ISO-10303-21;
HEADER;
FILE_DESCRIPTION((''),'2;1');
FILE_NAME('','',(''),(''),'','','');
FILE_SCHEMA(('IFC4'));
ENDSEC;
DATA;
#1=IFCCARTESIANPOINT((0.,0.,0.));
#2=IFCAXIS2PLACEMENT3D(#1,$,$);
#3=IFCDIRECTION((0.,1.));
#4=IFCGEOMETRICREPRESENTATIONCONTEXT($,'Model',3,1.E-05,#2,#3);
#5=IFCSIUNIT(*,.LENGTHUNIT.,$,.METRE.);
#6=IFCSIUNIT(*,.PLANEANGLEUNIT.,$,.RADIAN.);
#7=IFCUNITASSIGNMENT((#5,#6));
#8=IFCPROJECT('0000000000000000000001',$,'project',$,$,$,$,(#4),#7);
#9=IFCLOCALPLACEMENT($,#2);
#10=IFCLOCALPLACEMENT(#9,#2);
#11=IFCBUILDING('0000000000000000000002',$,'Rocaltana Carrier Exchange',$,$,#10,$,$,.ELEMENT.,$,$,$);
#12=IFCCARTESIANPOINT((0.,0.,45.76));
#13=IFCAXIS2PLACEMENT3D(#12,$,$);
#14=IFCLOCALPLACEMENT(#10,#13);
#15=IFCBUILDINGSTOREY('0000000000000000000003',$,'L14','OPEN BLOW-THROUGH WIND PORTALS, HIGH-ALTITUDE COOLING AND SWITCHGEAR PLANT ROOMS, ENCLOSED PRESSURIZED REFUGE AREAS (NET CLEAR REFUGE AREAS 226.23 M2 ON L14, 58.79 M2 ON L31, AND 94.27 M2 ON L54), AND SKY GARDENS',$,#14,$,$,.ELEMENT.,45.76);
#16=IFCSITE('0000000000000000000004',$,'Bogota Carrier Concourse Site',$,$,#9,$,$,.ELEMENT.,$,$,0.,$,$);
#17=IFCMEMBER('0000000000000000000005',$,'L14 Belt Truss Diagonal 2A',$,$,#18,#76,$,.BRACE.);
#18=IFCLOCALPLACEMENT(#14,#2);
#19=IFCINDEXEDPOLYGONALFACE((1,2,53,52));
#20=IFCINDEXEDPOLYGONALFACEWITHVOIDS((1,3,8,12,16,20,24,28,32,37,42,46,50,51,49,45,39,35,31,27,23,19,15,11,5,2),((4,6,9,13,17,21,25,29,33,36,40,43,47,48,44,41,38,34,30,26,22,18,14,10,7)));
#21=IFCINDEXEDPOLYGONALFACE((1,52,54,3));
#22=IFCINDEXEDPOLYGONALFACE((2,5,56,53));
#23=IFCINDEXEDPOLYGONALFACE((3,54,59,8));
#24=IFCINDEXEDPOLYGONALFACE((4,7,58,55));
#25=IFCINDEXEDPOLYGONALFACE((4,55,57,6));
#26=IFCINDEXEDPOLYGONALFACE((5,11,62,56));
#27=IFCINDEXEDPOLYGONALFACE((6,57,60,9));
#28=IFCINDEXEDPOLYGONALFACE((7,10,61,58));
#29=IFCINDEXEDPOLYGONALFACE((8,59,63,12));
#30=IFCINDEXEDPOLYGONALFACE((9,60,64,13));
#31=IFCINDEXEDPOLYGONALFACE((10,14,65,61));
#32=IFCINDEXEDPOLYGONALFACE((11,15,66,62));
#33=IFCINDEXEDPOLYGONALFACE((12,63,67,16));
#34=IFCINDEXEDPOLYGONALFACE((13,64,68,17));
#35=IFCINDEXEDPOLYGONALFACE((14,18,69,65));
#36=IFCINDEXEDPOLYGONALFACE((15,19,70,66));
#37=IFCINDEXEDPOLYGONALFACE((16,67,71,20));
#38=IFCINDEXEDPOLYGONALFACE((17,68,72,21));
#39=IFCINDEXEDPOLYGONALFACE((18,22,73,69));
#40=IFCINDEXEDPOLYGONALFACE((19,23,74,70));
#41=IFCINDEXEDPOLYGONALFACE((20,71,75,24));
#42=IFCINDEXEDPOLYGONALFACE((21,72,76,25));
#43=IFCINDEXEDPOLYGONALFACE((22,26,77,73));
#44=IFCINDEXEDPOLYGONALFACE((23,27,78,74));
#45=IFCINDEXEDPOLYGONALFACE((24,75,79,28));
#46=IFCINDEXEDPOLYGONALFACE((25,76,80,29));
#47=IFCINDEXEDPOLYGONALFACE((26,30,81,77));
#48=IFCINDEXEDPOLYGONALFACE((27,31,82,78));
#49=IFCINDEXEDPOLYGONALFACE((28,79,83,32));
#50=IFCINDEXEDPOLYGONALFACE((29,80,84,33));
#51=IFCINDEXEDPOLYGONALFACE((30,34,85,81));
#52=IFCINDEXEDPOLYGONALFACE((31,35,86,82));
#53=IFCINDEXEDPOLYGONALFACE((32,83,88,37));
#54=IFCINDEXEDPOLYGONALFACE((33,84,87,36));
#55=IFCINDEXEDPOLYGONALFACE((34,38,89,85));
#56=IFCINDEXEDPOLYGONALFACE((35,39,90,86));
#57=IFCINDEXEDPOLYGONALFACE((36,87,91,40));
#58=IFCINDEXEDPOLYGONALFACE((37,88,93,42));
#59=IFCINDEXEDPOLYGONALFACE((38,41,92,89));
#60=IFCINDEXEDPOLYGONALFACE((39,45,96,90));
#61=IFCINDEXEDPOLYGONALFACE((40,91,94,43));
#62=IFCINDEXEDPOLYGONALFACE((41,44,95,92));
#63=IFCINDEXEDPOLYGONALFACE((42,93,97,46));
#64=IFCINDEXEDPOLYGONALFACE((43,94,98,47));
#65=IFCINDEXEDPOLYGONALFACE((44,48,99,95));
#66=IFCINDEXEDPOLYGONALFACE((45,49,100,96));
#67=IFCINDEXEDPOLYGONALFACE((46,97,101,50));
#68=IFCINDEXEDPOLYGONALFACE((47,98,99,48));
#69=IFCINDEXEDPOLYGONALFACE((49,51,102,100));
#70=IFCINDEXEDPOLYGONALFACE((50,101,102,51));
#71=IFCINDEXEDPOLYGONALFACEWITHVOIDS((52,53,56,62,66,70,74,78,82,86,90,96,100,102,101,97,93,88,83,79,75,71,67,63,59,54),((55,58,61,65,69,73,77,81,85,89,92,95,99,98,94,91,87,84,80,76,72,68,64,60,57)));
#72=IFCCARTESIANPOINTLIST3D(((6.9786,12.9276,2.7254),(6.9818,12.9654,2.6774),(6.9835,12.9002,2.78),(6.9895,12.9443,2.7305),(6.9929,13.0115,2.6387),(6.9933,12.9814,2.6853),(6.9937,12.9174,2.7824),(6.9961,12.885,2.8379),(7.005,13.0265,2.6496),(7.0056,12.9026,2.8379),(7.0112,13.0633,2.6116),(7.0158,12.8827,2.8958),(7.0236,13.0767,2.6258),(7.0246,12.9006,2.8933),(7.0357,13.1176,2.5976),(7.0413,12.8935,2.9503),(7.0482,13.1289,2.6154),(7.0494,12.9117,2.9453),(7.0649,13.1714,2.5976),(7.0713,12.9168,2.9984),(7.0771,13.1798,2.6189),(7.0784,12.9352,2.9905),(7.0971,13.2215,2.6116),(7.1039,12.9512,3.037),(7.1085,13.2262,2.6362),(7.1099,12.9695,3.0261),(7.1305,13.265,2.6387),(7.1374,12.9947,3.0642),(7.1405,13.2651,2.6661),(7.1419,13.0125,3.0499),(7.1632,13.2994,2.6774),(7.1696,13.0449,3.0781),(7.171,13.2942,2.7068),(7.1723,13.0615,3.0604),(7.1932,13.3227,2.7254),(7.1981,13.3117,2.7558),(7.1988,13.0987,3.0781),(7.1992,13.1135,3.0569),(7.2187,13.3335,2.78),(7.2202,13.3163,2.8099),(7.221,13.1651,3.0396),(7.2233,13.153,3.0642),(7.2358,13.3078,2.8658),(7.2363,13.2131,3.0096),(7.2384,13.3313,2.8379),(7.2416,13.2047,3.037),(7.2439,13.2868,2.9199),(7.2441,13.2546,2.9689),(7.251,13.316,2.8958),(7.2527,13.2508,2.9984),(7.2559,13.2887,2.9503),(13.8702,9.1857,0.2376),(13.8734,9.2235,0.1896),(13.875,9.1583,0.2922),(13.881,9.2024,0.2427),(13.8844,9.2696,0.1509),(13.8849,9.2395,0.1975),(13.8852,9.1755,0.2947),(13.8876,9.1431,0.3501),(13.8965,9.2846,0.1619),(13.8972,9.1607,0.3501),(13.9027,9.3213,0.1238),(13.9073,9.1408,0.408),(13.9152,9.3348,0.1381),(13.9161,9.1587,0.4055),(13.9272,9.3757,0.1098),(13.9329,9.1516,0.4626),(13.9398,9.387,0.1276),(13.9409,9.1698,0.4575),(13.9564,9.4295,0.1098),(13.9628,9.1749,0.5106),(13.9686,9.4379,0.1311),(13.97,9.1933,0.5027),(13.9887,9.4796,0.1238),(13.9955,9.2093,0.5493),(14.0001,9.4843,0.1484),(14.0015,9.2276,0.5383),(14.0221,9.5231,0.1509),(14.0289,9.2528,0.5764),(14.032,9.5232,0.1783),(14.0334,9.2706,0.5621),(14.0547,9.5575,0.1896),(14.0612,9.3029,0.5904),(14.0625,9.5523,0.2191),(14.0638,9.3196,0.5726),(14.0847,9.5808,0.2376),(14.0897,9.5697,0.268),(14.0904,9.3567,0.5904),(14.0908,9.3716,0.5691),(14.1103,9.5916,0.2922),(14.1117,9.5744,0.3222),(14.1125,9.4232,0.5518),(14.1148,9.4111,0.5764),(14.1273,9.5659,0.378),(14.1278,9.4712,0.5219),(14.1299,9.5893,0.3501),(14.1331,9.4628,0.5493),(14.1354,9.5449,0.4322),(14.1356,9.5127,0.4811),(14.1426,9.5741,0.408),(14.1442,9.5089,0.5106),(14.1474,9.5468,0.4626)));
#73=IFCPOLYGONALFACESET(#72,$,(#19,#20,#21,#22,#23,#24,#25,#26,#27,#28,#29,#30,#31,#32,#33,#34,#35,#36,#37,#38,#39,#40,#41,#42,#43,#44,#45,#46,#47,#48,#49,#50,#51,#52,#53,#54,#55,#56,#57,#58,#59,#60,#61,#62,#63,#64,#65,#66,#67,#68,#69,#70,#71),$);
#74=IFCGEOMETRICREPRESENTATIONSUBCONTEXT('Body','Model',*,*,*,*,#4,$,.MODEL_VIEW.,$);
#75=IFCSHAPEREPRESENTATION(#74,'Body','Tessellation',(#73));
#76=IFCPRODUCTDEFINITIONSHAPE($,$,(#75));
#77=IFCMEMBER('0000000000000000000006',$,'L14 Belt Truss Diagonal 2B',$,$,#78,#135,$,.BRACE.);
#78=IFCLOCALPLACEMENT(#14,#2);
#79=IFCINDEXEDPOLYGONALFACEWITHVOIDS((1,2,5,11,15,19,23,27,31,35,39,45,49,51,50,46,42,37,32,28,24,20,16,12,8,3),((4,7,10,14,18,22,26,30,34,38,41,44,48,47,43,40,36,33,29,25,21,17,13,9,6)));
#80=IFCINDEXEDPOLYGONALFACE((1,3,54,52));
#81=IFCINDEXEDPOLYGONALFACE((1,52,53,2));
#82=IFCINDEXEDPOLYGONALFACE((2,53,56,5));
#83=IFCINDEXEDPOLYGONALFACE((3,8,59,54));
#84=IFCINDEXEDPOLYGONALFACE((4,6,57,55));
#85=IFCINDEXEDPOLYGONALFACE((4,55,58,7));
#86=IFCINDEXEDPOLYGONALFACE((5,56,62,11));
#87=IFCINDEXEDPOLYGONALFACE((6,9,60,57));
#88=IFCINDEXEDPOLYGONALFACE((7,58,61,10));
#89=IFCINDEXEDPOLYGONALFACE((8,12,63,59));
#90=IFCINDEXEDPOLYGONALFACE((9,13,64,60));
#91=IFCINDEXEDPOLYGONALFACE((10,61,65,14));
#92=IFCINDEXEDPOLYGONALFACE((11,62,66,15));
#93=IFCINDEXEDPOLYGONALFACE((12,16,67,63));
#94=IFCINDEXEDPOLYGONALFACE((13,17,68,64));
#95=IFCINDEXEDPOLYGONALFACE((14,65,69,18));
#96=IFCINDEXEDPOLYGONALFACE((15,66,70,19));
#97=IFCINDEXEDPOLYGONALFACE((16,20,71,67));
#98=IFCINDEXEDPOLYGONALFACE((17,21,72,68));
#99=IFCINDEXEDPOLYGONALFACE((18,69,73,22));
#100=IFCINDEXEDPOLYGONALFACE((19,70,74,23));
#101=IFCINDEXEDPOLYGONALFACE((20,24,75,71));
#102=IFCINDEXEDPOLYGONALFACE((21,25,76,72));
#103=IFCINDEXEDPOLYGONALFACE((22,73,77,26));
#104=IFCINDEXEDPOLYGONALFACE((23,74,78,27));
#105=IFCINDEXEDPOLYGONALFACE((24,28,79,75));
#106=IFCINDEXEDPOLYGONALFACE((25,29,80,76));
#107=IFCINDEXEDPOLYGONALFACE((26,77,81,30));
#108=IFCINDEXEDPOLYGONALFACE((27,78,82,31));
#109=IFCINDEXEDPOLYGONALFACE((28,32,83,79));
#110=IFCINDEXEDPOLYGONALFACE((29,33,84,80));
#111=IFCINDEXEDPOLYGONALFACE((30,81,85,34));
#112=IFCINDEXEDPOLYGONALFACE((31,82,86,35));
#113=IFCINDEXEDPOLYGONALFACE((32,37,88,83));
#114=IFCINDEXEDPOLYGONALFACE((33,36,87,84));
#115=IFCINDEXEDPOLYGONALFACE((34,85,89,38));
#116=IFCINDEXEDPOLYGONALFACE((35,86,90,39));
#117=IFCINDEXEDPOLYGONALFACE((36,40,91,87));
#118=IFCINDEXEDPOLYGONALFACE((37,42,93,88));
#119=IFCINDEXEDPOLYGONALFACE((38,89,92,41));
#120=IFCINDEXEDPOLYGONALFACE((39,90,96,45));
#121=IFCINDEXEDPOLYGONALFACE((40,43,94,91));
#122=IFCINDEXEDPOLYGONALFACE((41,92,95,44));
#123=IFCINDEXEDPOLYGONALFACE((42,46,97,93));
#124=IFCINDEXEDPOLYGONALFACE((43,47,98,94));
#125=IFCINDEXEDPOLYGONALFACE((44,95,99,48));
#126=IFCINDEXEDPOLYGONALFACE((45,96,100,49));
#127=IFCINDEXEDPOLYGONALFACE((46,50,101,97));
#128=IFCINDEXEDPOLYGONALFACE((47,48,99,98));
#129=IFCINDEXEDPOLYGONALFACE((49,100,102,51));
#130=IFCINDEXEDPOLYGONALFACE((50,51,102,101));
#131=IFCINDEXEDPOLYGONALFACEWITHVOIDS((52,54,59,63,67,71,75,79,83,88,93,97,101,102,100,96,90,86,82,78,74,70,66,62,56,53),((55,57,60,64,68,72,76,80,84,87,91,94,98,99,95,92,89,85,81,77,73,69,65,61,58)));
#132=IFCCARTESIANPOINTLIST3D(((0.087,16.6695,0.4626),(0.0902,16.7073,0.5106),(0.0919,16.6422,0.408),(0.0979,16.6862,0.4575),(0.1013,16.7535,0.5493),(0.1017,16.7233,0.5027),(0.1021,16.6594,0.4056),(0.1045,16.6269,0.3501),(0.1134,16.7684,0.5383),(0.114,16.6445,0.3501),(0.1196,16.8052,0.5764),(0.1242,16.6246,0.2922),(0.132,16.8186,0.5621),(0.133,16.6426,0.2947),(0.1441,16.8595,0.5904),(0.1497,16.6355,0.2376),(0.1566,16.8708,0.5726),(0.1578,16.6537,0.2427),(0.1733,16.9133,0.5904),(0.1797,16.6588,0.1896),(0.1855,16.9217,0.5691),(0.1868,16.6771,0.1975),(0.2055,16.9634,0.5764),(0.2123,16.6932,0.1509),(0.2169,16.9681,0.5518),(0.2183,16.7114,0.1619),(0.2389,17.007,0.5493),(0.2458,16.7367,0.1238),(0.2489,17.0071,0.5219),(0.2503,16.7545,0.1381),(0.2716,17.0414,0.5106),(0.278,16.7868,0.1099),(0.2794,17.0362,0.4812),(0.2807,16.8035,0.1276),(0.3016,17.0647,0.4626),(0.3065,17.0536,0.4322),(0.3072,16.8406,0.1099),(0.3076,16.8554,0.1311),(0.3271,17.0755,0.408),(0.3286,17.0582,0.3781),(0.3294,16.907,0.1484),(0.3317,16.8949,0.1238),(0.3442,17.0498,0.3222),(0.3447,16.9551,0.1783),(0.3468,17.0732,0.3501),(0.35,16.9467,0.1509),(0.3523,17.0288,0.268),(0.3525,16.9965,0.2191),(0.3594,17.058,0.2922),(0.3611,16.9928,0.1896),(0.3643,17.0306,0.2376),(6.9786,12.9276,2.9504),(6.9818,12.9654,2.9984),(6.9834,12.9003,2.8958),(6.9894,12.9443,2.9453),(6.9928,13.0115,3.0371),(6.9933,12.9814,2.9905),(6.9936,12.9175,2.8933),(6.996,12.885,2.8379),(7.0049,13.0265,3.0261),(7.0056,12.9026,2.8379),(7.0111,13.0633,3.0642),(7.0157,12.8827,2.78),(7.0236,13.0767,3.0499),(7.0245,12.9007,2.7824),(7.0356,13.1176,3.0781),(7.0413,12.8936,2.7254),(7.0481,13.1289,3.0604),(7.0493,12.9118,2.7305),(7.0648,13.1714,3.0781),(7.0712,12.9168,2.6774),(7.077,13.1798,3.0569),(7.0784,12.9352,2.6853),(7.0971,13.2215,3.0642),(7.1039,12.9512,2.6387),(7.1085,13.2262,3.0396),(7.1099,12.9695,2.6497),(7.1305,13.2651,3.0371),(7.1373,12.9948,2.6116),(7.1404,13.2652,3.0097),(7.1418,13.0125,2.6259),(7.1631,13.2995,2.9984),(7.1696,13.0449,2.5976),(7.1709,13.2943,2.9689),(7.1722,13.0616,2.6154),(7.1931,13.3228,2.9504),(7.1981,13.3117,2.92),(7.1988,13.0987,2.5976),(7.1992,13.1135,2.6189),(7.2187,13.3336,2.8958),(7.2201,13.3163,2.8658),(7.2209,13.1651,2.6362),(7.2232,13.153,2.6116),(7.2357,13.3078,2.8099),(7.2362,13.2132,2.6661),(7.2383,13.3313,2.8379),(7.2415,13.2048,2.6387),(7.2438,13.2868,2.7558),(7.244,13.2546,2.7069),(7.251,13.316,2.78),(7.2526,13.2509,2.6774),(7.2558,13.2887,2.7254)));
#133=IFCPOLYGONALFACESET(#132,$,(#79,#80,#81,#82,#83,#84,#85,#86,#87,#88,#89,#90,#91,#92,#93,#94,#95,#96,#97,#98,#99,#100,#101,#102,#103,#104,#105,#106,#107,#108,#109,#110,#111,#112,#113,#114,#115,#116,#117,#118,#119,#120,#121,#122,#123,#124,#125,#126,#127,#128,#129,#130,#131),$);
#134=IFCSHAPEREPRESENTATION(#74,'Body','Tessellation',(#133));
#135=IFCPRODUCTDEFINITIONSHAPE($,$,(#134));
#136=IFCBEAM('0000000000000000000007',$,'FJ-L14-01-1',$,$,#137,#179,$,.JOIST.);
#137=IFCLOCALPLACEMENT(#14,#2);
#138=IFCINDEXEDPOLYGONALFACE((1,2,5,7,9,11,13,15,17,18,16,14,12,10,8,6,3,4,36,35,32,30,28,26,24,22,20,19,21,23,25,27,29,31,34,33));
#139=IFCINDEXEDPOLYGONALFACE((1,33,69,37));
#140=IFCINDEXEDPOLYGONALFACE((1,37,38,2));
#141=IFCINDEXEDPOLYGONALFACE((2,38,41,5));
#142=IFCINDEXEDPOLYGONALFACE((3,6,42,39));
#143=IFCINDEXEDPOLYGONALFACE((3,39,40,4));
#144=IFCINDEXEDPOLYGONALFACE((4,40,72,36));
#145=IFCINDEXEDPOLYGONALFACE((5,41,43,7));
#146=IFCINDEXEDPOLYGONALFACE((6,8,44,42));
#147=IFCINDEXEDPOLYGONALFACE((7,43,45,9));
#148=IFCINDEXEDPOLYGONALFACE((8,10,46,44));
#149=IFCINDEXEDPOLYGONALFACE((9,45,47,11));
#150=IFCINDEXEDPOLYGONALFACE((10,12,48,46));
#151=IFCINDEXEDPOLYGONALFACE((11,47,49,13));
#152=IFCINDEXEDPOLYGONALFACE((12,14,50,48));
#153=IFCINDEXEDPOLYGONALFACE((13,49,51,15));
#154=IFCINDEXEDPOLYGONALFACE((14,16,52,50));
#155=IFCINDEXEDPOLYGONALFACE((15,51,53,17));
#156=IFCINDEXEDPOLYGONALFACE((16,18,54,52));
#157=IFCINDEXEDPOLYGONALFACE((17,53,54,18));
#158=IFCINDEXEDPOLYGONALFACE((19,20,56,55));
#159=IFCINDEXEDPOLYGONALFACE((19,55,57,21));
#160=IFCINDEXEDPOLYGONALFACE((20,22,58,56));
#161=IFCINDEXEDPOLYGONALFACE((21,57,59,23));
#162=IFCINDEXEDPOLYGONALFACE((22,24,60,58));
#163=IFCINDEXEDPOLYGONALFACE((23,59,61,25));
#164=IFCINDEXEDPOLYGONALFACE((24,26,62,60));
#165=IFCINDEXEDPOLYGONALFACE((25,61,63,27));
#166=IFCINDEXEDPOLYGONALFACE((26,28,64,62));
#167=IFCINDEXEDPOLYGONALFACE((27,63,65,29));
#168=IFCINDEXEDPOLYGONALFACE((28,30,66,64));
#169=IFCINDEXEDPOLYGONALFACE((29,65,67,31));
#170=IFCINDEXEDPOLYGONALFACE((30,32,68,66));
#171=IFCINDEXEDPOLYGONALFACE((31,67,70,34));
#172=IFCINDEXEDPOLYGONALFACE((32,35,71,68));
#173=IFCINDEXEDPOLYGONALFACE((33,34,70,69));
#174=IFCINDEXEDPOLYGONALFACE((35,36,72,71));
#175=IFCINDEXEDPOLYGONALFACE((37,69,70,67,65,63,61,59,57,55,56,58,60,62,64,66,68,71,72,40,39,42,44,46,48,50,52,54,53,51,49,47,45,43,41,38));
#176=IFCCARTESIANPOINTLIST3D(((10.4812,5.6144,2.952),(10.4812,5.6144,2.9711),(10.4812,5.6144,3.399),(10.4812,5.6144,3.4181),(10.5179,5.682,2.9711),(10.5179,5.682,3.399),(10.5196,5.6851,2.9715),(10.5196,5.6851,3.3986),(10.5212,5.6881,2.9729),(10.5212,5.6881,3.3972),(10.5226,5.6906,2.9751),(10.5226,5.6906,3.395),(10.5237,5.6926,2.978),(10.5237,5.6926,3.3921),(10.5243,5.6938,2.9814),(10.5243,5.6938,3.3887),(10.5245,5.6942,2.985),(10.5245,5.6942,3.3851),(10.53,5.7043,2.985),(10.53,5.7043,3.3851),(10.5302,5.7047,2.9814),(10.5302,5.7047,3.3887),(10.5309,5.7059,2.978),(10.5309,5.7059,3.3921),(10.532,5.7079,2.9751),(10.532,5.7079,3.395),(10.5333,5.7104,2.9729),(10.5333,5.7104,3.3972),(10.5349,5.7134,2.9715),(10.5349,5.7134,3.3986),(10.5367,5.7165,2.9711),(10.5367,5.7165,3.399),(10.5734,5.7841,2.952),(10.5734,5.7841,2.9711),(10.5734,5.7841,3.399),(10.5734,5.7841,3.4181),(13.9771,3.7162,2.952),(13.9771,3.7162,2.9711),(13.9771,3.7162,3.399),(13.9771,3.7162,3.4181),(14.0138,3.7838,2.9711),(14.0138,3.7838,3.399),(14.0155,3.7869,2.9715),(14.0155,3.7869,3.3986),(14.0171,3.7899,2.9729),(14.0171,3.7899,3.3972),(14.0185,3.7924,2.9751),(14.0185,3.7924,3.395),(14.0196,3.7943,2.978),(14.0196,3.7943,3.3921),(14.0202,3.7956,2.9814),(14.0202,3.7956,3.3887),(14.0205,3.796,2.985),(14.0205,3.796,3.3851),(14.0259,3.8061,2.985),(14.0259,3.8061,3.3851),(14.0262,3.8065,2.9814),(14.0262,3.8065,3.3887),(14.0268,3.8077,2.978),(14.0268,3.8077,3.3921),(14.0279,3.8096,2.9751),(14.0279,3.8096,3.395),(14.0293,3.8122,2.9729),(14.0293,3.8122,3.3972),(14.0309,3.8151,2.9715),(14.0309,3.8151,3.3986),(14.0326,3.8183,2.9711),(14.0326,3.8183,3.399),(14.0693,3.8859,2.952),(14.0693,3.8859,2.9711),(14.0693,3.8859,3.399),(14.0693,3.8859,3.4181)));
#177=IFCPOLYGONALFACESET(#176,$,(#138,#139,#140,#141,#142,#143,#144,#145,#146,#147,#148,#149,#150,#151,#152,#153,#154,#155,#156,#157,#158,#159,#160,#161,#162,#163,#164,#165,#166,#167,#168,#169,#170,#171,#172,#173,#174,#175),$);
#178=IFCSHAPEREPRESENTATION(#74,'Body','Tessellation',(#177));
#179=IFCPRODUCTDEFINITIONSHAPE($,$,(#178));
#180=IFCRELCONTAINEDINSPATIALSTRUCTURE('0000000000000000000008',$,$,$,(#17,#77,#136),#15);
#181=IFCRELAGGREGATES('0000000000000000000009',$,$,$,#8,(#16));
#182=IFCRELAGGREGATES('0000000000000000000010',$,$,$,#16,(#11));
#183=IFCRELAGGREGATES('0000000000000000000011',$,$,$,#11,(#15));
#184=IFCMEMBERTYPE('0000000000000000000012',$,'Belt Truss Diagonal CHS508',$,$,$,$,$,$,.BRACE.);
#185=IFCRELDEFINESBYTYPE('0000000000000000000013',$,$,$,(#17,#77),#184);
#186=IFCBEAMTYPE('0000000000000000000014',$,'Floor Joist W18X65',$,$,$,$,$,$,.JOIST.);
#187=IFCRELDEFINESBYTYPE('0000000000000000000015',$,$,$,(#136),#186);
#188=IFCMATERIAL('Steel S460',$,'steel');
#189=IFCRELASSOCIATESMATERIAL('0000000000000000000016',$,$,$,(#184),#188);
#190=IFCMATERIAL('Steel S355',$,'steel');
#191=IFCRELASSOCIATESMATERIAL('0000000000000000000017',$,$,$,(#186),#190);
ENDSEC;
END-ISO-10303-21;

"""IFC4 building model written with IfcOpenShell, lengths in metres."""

from ifc_helpers import new_model, si_unit, direction, frame, origin, origin_2d, place, context, subcontext, project, spatial, hollow_circle, i_section, extrude, material, material_profile, profile_set, type_object, element, save


model = new_model("IFC4")

# Units and contexts
model_context = context("Model", 3, precision=1e-05, world=origin(), true_north=direction((0.0, 1.0)))
body_context = subcontext(model_context, "Body", "Model", "MODEL_VIEW")
ifc_project = project(units=[si_unit("LENGTHUNIT", "METRE"), si_unit("PLANEANGLEUNIT", "RADIAN")], contexts=[model_context])

# Site, building, storey
site_placement = place(None, origin())
site = spatial("IfcSite", under=ifc_project, at=site_placement, Name="Bogota Carrier Concourse Site", CompositionType="ELEMENT", RefElevation=0.0)
building_placement = place(site_placement, origin())
building = spatial("IfcBuilding", under=site, at=building_placement, Name="Rocaltana Carrier Exchange", CompositionType="ELEMENT")
storey_placement = place(building_placement, frame((0.0, 0.0, 45.76)))
storey = spatial("IfcBuildingStorey", under=building, at=storey_placement, Name="L14", Description="OPEN BLOW-THROUGH WIND PORTALS, HIGH-ALTITUDE COOLING AND SWITCHGEAR PLANT ROOMS, ENCLOSED PRESSURIZED REFUGE AREAS (NET CLEAR REFUGE AREAS 226.23 M2 ON L14, 58.79 M2 ON L31, AND 94.27 M2 ON L54), AND SKY GARDENS", CompositionType="ELEMENT", Elevation=45.76)

# Members
ifc_material_1 = material(Name="Steel S460", Category="steel")
ifc_material_profile_1 = material_profile(ifc_material_1, hollow_circle(Radius=0.2539, WallThickness=0.02, at=origin_2d()), Name="CHS508X20")
ifc_profile_set_1 = profile_set([ifc_material_profile_1], Name="Steel S460")
member_type_1 = type_object("IfcMemberType", Name="Belt Truss Diagonal CHS508", PredefinedType="BRACE", material=ifc_profile_set_1)
for number, where, z_axis, x_axis, name in (
    (1, (14.0088, 9.3662, 0.3501), (-0.837669, 0.454831, 0.302389), (-0.477169, -0.878811, 0.0), "L14 Belt Truss Diagonal 2A"),
    (2, (7.1172, 13.1082, 2.8379), (-0.837669, 0.454831, -0.302389), (-0.477169, -0.878811, 0.0), "L14 Belt Truss Diagonal 2B"),
):
    element("IfcMember", number, at=place(storey_placement, frame(where, z_axis=z_axis, x_axis=x_axis)), inside=storey, type_object=member_type_1, Name=name, PredefinedType="BRACE", context=body_context, shape_type="SweptSolid", body=[
        extrude(hollow_circle(Radius=0.2539, WallThickness=0.02, at=origin_2d()), origin(), (0.0, 0.0, 1.0), 8.2271),
    ])

# Beam
ifc_material_2 = material(Name="Steel S355", Category="steel")
ifc_material_profile_2 = material_profile(ifc_material_2, i_section(OverallWidth=0.1931, OverallDepth=0.4661, WebThickness=0.0115, FlangeThickness=0.019, FilletRadius=0.0139, at=origin_2d()), Name="W18X65")
ifc_profile_set_2 = profile_set([ifc_material_profile_2], Name="Steel S355")
beam_type_1 = type_object("IfcBeamType", Name="Floor Joist W18X65", PredefinedType="JOIST", material=ifc_profile_set_2)
beam_1_placement = place(storey_placement, frame((14.0232, 3.801, 3.1851), z_axis=(-0.878806, 0.477179, 0.0), x_axis=(-0.477179, -0.878806, 0.0)))
element("IfcBeam", 3, at=beam_1_placement, inside=storey, type_object=beam_type_1, Name="FJ-L14-01-1", PredefinedType="JOIST", context=body_context, shape_type="SweptSolid", body=[
    extrude(i_section(OverallWidth=0.1931, OverallDepth=0.4661, WebThickness=0.0115, FlangeThickness=0.019, FilletRadius=0.0139, at=origin_2d()), origin(), (0.0, 0.0, 1.0), 3.978),
])

save(model, "model.ifc")
